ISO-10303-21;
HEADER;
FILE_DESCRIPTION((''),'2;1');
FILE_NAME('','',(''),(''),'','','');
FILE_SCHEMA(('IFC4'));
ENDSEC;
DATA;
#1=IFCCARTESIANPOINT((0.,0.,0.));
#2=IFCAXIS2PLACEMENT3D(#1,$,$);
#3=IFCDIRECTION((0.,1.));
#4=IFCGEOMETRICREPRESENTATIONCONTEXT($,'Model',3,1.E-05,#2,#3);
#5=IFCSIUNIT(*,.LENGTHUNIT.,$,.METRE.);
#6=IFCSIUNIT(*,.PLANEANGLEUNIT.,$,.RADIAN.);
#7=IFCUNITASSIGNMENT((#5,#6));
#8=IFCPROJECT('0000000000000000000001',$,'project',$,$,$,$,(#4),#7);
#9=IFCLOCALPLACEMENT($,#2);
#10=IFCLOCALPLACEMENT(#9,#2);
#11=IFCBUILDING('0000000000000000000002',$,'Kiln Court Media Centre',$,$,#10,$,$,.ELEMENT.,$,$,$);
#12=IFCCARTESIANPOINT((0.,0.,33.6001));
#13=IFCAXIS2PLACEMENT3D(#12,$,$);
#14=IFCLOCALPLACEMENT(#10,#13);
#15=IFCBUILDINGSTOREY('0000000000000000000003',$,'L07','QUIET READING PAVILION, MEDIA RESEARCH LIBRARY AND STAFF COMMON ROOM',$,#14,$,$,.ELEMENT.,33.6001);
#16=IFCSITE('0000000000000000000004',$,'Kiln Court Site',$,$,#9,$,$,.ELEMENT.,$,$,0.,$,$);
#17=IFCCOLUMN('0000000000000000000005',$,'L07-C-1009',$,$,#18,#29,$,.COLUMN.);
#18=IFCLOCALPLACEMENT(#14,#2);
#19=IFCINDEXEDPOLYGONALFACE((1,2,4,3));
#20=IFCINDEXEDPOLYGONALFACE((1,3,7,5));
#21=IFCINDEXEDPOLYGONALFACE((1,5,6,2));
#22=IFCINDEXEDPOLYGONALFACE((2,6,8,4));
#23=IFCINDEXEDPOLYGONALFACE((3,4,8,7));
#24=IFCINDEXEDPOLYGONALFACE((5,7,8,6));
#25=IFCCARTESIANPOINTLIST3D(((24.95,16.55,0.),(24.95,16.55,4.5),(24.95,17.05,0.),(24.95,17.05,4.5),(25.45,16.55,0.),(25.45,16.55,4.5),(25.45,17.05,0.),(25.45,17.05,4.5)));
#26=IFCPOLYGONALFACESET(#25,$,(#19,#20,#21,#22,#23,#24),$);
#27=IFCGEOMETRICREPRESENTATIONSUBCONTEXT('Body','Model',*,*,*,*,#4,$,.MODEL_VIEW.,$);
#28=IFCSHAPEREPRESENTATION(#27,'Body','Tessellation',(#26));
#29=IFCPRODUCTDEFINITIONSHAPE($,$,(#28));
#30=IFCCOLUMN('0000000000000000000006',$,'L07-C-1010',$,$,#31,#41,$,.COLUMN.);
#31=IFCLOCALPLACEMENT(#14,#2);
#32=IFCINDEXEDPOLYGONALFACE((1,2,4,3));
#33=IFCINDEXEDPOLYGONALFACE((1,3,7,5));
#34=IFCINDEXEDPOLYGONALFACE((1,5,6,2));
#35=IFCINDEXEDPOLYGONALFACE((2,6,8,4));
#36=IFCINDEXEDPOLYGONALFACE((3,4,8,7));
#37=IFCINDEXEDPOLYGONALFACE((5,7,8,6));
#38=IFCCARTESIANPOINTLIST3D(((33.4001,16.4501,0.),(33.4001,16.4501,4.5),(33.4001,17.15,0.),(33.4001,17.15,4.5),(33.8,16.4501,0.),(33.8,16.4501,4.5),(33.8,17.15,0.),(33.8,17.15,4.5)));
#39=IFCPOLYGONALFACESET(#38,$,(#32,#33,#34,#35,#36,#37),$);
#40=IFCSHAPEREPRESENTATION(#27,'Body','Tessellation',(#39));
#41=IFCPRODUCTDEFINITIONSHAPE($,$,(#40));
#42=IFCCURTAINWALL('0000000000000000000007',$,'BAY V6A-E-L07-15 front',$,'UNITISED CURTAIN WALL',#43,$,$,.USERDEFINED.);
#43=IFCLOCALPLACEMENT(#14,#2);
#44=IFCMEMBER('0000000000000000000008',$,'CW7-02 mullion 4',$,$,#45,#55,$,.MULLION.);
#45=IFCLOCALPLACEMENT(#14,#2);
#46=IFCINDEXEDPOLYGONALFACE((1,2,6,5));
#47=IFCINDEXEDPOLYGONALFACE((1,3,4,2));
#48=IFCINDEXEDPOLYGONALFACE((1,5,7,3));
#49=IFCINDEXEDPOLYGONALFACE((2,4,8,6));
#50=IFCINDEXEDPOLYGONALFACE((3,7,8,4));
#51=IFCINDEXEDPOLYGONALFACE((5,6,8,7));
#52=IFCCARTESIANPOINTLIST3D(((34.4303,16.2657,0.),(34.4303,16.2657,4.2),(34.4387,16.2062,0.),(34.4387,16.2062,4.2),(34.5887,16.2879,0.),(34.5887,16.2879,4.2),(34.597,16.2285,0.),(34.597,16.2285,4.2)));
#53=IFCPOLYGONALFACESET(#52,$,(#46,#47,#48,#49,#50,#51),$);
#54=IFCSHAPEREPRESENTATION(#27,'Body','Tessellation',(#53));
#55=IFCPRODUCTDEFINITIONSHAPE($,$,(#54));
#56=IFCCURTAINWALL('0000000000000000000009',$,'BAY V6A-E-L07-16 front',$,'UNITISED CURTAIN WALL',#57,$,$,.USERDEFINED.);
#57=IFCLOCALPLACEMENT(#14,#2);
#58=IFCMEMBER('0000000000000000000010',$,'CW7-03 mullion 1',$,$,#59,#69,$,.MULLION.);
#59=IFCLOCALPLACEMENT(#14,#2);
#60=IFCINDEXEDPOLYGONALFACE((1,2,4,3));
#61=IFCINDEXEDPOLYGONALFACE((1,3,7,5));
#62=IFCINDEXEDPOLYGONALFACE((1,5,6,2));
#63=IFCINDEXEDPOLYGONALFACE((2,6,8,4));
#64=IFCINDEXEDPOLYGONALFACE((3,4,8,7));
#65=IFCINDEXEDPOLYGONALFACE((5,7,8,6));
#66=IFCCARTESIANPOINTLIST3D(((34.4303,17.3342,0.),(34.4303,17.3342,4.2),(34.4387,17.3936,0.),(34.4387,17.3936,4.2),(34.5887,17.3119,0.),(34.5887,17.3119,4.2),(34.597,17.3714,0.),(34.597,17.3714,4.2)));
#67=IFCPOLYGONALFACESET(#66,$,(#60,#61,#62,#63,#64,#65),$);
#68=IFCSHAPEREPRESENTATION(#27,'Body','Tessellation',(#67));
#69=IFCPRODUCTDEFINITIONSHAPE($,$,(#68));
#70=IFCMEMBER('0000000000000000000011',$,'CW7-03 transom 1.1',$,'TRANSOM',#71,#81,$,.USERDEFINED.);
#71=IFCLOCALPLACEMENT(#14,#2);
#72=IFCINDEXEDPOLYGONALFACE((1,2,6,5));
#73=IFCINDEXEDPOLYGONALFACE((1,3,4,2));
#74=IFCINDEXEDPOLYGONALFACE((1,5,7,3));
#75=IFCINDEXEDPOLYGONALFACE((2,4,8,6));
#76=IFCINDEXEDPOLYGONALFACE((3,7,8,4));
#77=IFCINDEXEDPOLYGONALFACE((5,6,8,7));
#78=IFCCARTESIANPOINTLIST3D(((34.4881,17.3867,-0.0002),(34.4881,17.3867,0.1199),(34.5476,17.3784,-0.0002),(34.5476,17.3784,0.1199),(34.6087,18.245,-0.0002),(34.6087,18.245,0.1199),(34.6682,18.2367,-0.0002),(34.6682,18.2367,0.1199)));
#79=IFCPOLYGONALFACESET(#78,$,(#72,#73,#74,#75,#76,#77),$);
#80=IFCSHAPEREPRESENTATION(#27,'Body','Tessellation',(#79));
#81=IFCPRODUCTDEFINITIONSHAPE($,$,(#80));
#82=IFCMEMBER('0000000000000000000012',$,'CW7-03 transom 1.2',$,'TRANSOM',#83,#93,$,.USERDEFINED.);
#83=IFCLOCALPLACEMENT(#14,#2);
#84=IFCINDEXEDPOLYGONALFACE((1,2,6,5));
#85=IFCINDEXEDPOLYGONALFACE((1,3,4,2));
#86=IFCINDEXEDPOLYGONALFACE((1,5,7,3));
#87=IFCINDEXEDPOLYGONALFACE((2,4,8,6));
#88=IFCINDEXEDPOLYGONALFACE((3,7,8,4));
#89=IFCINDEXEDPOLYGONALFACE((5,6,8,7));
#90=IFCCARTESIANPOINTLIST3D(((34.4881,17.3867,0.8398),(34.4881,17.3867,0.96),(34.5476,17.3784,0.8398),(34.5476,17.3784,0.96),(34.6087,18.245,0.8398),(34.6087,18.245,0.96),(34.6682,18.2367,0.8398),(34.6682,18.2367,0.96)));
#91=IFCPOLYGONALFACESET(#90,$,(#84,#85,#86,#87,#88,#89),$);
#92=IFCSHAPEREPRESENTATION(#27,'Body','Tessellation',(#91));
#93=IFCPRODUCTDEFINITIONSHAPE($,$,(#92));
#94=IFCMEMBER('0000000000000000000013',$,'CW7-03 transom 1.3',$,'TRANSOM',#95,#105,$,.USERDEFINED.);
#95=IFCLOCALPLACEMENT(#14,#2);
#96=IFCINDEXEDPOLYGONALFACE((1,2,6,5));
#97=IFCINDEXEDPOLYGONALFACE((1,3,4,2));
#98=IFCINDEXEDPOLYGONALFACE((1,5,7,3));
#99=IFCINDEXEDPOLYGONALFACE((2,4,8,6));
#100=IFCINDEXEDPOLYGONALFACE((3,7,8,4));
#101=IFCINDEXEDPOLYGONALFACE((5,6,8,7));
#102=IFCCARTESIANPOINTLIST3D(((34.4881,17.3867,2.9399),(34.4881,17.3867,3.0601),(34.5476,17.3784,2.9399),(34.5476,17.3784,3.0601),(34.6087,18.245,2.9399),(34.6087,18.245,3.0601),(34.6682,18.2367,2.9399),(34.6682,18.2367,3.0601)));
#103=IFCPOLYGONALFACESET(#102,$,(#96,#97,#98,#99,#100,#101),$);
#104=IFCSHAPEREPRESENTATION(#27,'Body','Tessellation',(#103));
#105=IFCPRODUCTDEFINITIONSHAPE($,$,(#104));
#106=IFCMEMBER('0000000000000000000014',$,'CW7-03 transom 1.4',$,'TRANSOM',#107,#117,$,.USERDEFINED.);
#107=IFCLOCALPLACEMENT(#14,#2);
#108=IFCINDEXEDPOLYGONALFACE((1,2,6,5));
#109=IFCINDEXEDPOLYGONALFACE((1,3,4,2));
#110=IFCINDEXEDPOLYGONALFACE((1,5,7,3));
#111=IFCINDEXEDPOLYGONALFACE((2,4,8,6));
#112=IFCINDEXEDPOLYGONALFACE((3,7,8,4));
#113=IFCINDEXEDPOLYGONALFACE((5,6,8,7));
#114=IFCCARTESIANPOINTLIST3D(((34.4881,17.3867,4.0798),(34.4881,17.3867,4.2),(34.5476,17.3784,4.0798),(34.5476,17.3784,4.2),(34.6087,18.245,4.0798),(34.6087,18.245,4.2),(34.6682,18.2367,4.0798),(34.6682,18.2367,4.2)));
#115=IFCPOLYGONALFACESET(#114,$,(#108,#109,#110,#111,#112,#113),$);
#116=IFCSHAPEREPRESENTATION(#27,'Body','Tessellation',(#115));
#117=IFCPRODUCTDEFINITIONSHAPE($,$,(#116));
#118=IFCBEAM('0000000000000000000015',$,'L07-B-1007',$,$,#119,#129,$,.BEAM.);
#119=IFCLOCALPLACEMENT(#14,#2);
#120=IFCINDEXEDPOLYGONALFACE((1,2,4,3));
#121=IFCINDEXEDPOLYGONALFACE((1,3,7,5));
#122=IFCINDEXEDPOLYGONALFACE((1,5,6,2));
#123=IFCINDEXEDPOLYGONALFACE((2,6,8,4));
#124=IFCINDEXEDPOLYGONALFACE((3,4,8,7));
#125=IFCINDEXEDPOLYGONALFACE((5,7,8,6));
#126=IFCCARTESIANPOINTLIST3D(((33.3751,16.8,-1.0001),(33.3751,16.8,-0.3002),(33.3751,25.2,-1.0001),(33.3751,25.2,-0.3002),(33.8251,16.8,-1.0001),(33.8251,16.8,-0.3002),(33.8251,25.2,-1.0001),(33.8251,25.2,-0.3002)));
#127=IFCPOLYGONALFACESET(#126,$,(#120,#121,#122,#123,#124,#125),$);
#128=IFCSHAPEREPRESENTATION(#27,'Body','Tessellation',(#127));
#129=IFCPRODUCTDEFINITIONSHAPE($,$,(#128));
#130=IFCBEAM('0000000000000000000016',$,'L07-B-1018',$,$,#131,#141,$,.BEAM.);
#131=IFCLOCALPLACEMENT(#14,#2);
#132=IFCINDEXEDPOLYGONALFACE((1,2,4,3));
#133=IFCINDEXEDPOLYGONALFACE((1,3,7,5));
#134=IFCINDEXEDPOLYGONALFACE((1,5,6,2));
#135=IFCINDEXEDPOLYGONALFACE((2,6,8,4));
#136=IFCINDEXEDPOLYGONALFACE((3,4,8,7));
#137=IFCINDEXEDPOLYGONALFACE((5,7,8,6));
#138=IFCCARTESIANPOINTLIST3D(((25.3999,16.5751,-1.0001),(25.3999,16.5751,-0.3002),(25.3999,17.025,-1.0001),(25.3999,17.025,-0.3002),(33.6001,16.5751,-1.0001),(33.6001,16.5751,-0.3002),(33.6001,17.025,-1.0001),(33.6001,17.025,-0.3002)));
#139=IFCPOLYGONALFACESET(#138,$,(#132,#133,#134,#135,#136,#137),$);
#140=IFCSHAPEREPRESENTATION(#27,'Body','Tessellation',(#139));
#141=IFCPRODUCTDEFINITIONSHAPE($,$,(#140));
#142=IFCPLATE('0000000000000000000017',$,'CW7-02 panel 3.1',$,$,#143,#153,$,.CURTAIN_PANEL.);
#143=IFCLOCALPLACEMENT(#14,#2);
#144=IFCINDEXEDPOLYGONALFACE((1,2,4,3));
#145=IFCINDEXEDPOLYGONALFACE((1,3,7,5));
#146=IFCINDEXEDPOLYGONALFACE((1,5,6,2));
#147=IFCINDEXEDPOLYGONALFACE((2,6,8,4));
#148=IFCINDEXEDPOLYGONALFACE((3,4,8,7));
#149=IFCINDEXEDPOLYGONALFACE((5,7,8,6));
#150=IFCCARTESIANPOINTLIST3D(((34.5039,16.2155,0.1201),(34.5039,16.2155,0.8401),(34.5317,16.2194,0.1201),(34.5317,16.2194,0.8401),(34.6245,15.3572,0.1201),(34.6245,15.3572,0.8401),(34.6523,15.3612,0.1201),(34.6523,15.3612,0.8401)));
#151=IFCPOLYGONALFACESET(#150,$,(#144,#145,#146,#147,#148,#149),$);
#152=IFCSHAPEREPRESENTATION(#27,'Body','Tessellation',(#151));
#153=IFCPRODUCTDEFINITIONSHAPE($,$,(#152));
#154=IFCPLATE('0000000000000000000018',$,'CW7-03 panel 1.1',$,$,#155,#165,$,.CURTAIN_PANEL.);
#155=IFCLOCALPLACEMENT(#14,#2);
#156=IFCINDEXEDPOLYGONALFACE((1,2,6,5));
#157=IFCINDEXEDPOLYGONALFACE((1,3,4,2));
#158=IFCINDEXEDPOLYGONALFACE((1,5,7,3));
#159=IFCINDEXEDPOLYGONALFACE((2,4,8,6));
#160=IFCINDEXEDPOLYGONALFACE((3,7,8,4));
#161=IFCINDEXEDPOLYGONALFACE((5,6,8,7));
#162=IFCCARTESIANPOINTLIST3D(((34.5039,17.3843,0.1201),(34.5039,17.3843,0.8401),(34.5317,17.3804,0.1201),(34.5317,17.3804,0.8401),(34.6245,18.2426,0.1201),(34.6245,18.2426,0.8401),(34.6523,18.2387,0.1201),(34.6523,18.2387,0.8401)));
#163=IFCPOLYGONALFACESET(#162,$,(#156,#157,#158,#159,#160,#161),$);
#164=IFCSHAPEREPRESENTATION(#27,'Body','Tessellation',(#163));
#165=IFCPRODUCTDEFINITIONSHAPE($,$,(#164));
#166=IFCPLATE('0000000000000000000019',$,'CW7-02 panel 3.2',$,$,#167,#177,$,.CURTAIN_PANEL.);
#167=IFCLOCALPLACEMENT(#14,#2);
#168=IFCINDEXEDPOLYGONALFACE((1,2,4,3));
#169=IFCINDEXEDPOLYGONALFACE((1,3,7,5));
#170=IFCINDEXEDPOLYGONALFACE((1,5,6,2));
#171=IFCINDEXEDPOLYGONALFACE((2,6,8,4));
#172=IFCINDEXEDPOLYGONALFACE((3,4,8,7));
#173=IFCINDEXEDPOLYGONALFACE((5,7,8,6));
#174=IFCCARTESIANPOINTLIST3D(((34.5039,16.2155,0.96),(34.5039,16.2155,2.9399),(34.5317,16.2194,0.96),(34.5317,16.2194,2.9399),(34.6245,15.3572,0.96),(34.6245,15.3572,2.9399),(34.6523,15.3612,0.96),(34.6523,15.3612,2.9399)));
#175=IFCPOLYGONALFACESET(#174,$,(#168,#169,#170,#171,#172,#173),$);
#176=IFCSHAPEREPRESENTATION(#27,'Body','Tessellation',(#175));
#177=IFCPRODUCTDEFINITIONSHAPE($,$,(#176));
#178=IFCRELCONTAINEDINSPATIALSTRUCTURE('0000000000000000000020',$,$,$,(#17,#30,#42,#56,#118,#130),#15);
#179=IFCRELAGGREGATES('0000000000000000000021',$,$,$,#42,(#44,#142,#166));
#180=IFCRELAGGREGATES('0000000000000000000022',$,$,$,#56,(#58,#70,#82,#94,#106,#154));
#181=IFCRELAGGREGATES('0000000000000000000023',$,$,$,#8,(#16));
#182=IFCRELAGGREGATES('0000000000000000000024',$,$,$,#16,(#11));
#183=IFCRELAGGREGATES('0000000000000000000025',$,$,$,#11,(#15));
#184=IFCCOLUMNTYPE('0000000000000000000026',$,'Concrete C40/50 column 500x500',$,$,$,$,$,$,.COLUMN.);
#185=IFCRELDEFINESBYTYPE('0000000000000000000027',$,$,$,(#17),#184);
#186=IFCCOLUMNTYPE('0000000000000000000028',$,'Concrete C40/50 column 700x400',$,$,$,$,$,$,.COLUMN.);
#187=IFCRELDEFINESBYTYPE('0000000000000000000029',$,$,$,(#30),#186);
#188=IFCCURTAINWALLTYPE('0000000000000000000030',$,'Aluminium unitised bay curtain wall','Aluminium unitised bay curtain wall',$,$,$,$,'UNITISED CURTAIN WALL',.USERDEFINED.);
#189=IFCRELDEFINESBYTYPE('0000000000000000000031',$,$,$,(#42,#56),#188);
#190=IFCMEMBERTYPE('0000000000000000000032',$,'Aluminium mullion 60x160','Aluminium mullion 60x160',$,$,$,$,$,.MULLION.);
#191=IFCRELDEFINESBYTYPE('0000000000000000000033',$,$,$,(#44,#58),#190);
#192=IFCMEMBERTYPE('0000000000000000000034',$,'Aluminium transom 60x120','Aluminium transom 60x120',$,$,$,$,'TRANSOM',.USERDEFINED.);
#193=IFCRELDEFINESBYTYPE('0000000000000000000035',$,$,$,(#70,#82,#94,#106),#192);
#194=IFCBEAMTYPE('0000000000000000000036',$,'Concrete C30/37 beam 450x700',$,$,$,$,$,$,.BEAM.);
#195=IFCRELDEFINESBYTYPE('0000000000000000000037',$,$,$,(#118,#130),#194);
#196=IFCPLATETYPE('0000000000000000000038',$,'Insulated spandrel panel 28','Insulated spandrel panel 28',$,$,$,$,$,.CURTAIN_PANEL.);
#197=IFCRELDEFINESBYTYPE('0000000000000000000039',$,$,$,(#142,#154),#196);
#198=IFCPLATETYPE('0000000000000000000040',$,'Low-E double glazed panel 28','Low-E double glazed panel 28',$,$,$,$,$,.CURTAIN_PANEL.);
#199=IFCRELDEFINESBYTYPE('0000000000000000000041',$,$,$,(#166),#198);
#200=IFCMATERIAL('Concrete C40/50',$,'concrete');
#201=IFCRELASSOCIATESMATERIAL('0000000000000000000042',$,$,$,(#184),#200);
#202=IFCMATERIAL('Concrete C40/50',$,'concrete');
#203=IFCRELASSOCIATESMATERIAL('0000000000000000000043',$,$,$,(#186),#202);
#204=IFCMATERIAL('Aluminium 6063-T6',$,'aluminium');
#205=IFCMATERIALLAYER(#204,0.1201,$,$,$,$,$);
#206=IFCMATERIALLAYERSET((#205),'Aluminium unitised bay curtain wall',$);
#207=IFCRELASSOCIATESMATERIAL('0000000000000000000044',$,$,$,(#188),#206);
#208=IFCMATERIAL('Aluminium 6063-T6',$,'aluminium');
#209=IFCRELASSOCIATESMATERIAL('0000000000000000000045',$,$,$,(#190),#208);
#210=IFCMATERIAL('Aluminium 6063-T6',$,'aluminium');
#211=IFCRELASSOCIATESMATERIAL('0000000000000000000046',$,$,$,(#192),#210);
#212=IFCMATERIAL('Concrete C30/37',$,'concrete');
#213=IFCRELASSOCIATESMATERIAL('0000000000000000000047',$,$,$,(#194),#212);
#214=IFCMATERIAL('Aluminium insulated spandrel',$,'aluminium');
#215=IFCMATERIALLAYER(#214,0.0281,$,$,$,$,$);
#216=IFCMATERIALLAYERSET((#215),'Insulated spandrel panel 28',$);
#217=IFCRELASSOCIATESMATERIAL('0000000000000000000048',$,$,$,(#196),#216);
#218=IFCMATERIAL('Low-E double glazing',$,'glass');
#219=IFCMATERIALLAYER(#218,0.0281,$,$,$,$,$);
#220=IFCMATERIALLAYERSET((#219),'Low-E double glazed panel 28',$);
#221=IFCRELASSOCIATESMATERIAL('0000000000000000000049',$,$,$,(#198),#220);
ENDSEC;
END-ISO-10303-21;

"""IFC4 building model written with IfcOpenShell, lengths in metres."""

from ifc_helpers import new_model, si_unit, direction, frame, origin, origin_2d, place, context, subcontext, project, spatial, rectangle, extrude, material, layer, layer_set, material_profile, profile_set, type_object, element, aggregate, save


model = new_model("IFC4")

# Units and contexts
model_context = context("Model", 3, precision=1e-05, world=origin(), true_north=direction((0.0, 1.0)))
body_context = subcontext(model_context, "Body", "Model", "MODEL_VIEW")
ifc_project = project(units=[si_unit("LENGTHUNIT", "METRE"), si_unit("PLANEANGLEUNIT", "RADIAN")], contexts=[model_context])

# Site, building, storey
site_placement = place(None, origin())
site = spatial("IfcSite", under=ifc_project, at=site_placement, Name="Kiln Court Site", CompositionType="ELEMENT", RefElevation=0.0)
building_placement = place(site_placement, origin())
building = spatial("IfcBuilding", under=site, at=building_placement, Name="Kiln Court Media Centre", CompositionType="ELEMENT")
storey_placement = place(building_placement, frame((0.0, 0.0, 33.6001)))
storey = spatial("IfcBuildingStorey", under=building, at=storey_placement, Name="L07", Description="QUIET READING PAVILION, MEDIA RESEARCH LIBRARY AND STAFF COMMON ROOM", CompositionType="ELEMENT", Elevation=33.6001)

# Columns
ifc_material_1 = material(Name="Concrete C40/50", Category="concrete")
ifc_material_profile_1 = material_profile(ifc_material_1, rectangle(XDim=0.5, YDim=0.5, at=origin_2d()), Name="RC 500x500")
ifc_profile_set_1 = profile_set([ifc_material_profile_1], Name="Concrete C40/50")
column_type_1 = type_object("IfcColumnType", Name="Concrete C40/50 column 500x500", PredefinedType="COLUMN", material=ifc_profile_set_1)
column_1_placement = place(storey_placement, frame((25.2, 16.8, 0.0), z_axis=(0.0, 0.0, 1.0), x_axis=(1.0, 0.0, 0.0)))
element("IfcColumn", 1, at=column_1_placement, inside=storey, type_object=column_type_1, Name="L07-C-1009", PredefinedType="COLUMN", context=body_context, shape_type="SweptSolid", body=[
    extrude(rectangle(XDim=0.5, YDim=0.5, at=origin_2d()), origin(), (0.0, 0.0, 1.0), 4.5),
])
ifc_material_2 = material(Name="Concrete C40/50", Category="concrete")
ifc_material_profile_2 = material_profile(ifc_material_2, rectangle(XDim=0.7, YDim=0.3999, at=origin_2d()), Name="RC 700x400")
ifc_profile_set_2 = profile_set([ifc_material_profile_2], Name="Concrete C40/50")
column_type_2 = type_object("IfcColumnType", Name="Concrete C40/50 column 700x400", PredefinedType="COLUMN", material=ifc_profile_set_2)
column_2_placement = place(storey_placement, frame((33.6001, 16.8, 0.0), z_axis=(0.0, 0.0, 1.0), x_axis=(0.0, 1.0, 0.0)))
element("IfcColumn", 2, at=column_2_placement, inside=storey, type_object=column_type_2, Name="L07-C-1010", PredefinedType="COLUMN", context=body_context, shape_type="SweptSolid", body=[
    extrude(rectangle(XDim=0.7, YDim=0.3999, at=origin_2d()), origin(), (0.0, 0.0, 1.0), 4.5),
])

# Curtain wall, member
ifc_material_3 = material(Name="Aluminium 6063-T6", Category="aluminium")
ifc_layer_1 = layer(ifc_material_3, 0.1201)
ifc_layer_set_1 = layer_set([ifc_layer_1], Name="Aluminium unitised bay curtain wall")
curtain_wall_type = type_object("IfcCurtainWallType", Name="Aluminium unitised bay curtain wall", Description="Aluminium unitised bay curtain wall", ElementType="UNITISED CURTAIN WALL", PredefinedType="USERDEFINED", material=ifc_layer_set_1)
curtain_wall_1_placement = place(storey_placement, origin())
curtain_wall_1 = element("IfcCurtainWall", 3, at=curtain_wall_1_placement, inside=storey, type_object=curtain_wall_type, Name="BAY V6A-E-L07-15 front", ObjectType="UNITISED CURTAIN WALL", PredefinedType="USERDEFINED")
ifc_material_4 = material(Name="Aluminium 6063-T6", Category="aluminium")
ifc_material_profile_3 = material_profile(ifc_material_4, rectangle(XDim=0.0601, YDim=0.1599, at=origin_2d()), Name="Aluminium mullion 60x160")
ifc_profile_set_3 = profile_set([ifc_material_profile_3], Name="Aluminium 6063-T6")
member_type_1 = type_object("IfcMemberType", Name="Aluminium mullion 60x160", Description="Aluminium mullion 60x160", PredefinedType="MULLION", material=ifc_profile_set_3)
member_1_placement = place(storey_placement, frame((34.5137, 16.2471, 0.0), z_axis=(0.0, 0.0, 1.0), x_axis=(-0.139162, 0.99027, 0.0)))
member_1 = element("IfcMember", 4, at=member_1_placement, type_object=member_type_1, Name="CW7-02 mullion 4", PredefinedType="MULLION", context=body_context, shape_type="SweptSolid", body=[
    extrude(rectangle(XDim=0.0601, YDim=0.1599, at=origin_2d()), origin(), (0.0, 0.0, 1.0), 4.2),
])

# Curtain wall, members
curtain_wall_2_placement = place(storey_placement, origin())
curtain_wall_2 = element("IfcCurtainWall", 5, at=curtain_wall_2_placement, inside=storey, type_object=curtain_wall_type, Name="BAY V6A-E-L07-16 front", ObjectType="UNITISED CURTAIN WALL", PredefinedType="USERDEFINED")
member_2_placement = place(storey_placement, frame((34.5137, 17.3528, 0.0), z_axis=(0.0, 0.0, 1.0), x_axis=(0.139162, 0.99027, 0.0)))
member_2 = element("IfcMember", 6, at=member_2_placement, type_object=member_type_1, Name="CW7-03 mullion 1", PredefinedType="MULLION", context=body_context, shape_type="SweptSolid", body=[
    extrude(rectangle(XDim=0.0601, YDim=0.1599, at=origin_2d()), origin(), (0.0, 0.0, 1.0), 4.2),
])
ifc_material_5 = material(Name="Aluminium 6063-T6", Category="aluminium")
ifc_material_profile_4 = material_profile(ifc_material_5, rectangle(XDim=0.0601, YDim=0.1201, at=origin_2d()), Name="Aluminium transom 60x120")
ifc_profile_set_4 = profile_set([ifc_material_profile_4], Name="Aluminium 6063-T6")
member_type_2 = type_object("IfcMemberType", Name="Aluminium transom 60x120", Description="Aluminium transom 60x120", ElementType="TRANSOM", PredefinedType="USERDEFINED", material=ifc_profile_set_4)
member_3_placement = place(storey_placement, frame((34.5178, 17.3826, 0.0598), z_axis=(0.139173, 0.990268, 0.0), x_axis=(-0.990268, 0.139173, 0.0)))
member_3 = element("IfcMember", 7, at=member_3_placement, type_object=member_type_2, Name="CW7-03 transom 1.1", ObjectType="TRANSOM", PredefinedType="USERDEFINED", context=body_context, shape_type="SweptSolid", body=[
    extrude(rectangle(XDim=0.0601, YDim=0.1201, at=origin_2d()), origin(), (0.0, 0.0, 1.0), 0.8667),
])
member_4_placement = place(storey_placement, frame((34.5178, 17.3826, 0.8999), z_axis=(0.139173, 0.990268, 0.0), x_axis=(-0.990268, 0.139173, 0.0)))
member_4 = element("IfcMember", 8, at=member_4_placement, type_object=member_type_2, Name="CW7-03 transom 1.2", ObjectType="TRANSOM", PredefinedType="USERDEFINED", context=body_context, shape_type="SweptSolid", body=[
    extrude(rectangle(XDim=0.0601, YDim=0.1201, at=origin_2d()), origin(), (0.0, 0.0, 1.0), 0.8667),
])
member_5_placement = place(storey_placement, frame((34.5178, 17.3826, 3.0), z_axis=(0.139173, 0.990268, 0.0), x_axis=(-0.990268, 0.139173, 0.0)))
member_5 = element("IfcMember", 9, at=member_5_placement, type_object=member_type_2, Name="CW7-03 transom 1.3", ObjectType="TRANSOM", PredefinedType="USERDEFINED", context=body_context, shape_type="SweptSolid", body=[
    extrude(rectangle(XDim=0.0601, YDim=0.1201, at=origin_2d()), origin(), (0.0, 0.0, 1.0), 0.8667),
])
member_6_placement = place(storey_placement, frame((34.5178, 17.3826, 4.1399), z_axis=(0.139173, 0.990268, 0.0), x_axis=(-0.990268, 0.139173, 0.0)))
member_6 = element("IfcMember", 10, at=member_6_placement, type_object=member_type_2, Name="CW7-03 transom 1.4", ObjectType="TRANSOM", PredefinedType="USERDEFINED", context=body_context, shape_type="SweptSolid", body=[
    extrude(rectangle(XDim=0.0601, YDim=0.1201, at=origin_2d()), origin(), (0.0, 0.0, 1.0), 0.8667),
])

# Beams
ifc_material_6 = material(Name="Concrete C30/37", Category="concrete")
ifc_material_profile_5 = material_profile(ifc_material_6, rectangle(XDim=0.45, YDim=0.7, at=origin_2d()), Name="RC 450x700")
ifc_profile_set_5 = profile_set([ifc_material_profile_5], Name="Concrete C30/37")
beam_type = type_object("IfcBeamType", Name="Concrete C30/37 beam 450x700", PredefinedType="BEAM", material=ifc_profile_set_5)
beam_1_placement = place(storey_placement, frame((33.6001, 16.8, -0.6501), z_axis=(0.0, 1.0, 0.0), x_axis=(-1.0, 0.0, 0.0)))
element("IfcBeam", 11, at=beam_1_placement, inside=storey, type_object=beam_type, Name="L07-B-1007", PredefinedType="BEAM", context=body_context, shape_type="SweptSolid", body=[
    extrude(rectangle(XDim=0.45, YDim=0.7, at=origin_2d()), origin(), (0.0, 0.0, 1.0), 8.3999),
])
beam_2_placement = place(storey_placement, frame((25.3999, 16.8, -0.6501), z_axis=(1.0, 0.0, 0.0), x_axis=(0.0, 1.0, 0.0)))
element("IfcBeam", 12, at=beam_2_placement, inside=storey, type_object=beam_type, Name="L07-B-1018", PredefinedType="BEAM", context=body_context, shape_type="SweptSolid", body=[
    extrude(rectangle(XDim=0.45, YDim=0.7, at=origin_2d()), origin(), (0.0, 0.0, 1.0), 8.2002),
])

# Plates
ifc_material_7 = material(Name="Aluminium insulated spandrel", Category="aluminium")
ifc_layer_2 = layer(ifc_material_7, 0.0281)
ifc_layer_set_2 = layer_set([ifc_layer_2], Name="Insulated spandrel panel 28")
plate_type_1 = type_object("IfcPlateType", Name="Insulated spandrel panel 28", Description="Insulated spandrel panel 28", PredefinedType="CURTAIN_PANEL", material=ifc_layer_set_2)
plate_1_placement = place(storey_placement, frame((34.5781, 15.7883, 0.1201), z_axis=(0.0, 0.0, 1.0), x_axis=(-0.139162, 0.99027, 0.0)))
plate_1 = element("IfcPlate", 13, at=plate_1_placement, type_object=plate_type_1, Name="CW7-02 panel 3.1", PredefinedType="CURTAIN_PANEL", context=body_context, shape_type="SweptSolid", body=[
    extrude(rectangle(XDim=0.8667, YDim=0.0281, at=origin_2d()), origin(), (0.0, 0.0, 1.0), 0.72),
])
plate_2_placement = place(storey_placement, frame((34.5781, 17.8115, 0.1201), z_axis=(0.0, 0.0, 1.0), x_axis=(0.139162, 0.99027, 0.0)))
plate_2 = element("IfcPlate", 14, at=plate_2_placement, type_object=plate_type_1, Name="CW7-03 panel 1.1", PredefinedType="CURTAIN_PANEL", context=body_context, shape_type="SweptSolid", body=[
    extrude(rectangle(XDim=0.8667, YDim=0.0281, at=origin_2d()), origin(), (0.0, 0.0, 1.0), 0.72),
])
ifc_material_8 = material(Name="Low-E double glazing", Category="glass")
ifc_layer_3 = layer(ifc_material_8, 0.0281)
ifc_layer_set_3 = layer_set([ifc_layer_3], Name="Low-E double glazed panel 28")
plate_type_2 = type_object("IfcPlateType", Name="Low-E double glazed panel 28", Description="Low-E double glazed panel 28", PredefinedType="CURTAIN_PANEL", material=ifc_layer_set_3)
plate_3_placement = place(storey_placement, frame((34.5781, 15.7883, 0.96), z_axis=(0.0, 0.0, 1.0), x_axis=(-0.139162, 0.99027, 0.0)))
plate_3 = element("IfcPlate", 15, at=plate_3_placement, type_object=plate_type_2, Name="CW7-02 panel 3.2", PredefinedType="CURTAIN_PANEL", context=body_context, shape_type="SweptSolid", body=[
    extrude(rectangle(XDim=0.8667, YDim=0.0281, at=origin_2d()), origin(), (0.0, 0.0, 1.0), 1.98),
])
aggregate(curtain_wall_1, [member_1, plate_1, plate_3])
aggregate(curtain_wall_2, [member_2, member_3, member_4, member_5, member_6, plate_2])

save(model, "model.ifc")
